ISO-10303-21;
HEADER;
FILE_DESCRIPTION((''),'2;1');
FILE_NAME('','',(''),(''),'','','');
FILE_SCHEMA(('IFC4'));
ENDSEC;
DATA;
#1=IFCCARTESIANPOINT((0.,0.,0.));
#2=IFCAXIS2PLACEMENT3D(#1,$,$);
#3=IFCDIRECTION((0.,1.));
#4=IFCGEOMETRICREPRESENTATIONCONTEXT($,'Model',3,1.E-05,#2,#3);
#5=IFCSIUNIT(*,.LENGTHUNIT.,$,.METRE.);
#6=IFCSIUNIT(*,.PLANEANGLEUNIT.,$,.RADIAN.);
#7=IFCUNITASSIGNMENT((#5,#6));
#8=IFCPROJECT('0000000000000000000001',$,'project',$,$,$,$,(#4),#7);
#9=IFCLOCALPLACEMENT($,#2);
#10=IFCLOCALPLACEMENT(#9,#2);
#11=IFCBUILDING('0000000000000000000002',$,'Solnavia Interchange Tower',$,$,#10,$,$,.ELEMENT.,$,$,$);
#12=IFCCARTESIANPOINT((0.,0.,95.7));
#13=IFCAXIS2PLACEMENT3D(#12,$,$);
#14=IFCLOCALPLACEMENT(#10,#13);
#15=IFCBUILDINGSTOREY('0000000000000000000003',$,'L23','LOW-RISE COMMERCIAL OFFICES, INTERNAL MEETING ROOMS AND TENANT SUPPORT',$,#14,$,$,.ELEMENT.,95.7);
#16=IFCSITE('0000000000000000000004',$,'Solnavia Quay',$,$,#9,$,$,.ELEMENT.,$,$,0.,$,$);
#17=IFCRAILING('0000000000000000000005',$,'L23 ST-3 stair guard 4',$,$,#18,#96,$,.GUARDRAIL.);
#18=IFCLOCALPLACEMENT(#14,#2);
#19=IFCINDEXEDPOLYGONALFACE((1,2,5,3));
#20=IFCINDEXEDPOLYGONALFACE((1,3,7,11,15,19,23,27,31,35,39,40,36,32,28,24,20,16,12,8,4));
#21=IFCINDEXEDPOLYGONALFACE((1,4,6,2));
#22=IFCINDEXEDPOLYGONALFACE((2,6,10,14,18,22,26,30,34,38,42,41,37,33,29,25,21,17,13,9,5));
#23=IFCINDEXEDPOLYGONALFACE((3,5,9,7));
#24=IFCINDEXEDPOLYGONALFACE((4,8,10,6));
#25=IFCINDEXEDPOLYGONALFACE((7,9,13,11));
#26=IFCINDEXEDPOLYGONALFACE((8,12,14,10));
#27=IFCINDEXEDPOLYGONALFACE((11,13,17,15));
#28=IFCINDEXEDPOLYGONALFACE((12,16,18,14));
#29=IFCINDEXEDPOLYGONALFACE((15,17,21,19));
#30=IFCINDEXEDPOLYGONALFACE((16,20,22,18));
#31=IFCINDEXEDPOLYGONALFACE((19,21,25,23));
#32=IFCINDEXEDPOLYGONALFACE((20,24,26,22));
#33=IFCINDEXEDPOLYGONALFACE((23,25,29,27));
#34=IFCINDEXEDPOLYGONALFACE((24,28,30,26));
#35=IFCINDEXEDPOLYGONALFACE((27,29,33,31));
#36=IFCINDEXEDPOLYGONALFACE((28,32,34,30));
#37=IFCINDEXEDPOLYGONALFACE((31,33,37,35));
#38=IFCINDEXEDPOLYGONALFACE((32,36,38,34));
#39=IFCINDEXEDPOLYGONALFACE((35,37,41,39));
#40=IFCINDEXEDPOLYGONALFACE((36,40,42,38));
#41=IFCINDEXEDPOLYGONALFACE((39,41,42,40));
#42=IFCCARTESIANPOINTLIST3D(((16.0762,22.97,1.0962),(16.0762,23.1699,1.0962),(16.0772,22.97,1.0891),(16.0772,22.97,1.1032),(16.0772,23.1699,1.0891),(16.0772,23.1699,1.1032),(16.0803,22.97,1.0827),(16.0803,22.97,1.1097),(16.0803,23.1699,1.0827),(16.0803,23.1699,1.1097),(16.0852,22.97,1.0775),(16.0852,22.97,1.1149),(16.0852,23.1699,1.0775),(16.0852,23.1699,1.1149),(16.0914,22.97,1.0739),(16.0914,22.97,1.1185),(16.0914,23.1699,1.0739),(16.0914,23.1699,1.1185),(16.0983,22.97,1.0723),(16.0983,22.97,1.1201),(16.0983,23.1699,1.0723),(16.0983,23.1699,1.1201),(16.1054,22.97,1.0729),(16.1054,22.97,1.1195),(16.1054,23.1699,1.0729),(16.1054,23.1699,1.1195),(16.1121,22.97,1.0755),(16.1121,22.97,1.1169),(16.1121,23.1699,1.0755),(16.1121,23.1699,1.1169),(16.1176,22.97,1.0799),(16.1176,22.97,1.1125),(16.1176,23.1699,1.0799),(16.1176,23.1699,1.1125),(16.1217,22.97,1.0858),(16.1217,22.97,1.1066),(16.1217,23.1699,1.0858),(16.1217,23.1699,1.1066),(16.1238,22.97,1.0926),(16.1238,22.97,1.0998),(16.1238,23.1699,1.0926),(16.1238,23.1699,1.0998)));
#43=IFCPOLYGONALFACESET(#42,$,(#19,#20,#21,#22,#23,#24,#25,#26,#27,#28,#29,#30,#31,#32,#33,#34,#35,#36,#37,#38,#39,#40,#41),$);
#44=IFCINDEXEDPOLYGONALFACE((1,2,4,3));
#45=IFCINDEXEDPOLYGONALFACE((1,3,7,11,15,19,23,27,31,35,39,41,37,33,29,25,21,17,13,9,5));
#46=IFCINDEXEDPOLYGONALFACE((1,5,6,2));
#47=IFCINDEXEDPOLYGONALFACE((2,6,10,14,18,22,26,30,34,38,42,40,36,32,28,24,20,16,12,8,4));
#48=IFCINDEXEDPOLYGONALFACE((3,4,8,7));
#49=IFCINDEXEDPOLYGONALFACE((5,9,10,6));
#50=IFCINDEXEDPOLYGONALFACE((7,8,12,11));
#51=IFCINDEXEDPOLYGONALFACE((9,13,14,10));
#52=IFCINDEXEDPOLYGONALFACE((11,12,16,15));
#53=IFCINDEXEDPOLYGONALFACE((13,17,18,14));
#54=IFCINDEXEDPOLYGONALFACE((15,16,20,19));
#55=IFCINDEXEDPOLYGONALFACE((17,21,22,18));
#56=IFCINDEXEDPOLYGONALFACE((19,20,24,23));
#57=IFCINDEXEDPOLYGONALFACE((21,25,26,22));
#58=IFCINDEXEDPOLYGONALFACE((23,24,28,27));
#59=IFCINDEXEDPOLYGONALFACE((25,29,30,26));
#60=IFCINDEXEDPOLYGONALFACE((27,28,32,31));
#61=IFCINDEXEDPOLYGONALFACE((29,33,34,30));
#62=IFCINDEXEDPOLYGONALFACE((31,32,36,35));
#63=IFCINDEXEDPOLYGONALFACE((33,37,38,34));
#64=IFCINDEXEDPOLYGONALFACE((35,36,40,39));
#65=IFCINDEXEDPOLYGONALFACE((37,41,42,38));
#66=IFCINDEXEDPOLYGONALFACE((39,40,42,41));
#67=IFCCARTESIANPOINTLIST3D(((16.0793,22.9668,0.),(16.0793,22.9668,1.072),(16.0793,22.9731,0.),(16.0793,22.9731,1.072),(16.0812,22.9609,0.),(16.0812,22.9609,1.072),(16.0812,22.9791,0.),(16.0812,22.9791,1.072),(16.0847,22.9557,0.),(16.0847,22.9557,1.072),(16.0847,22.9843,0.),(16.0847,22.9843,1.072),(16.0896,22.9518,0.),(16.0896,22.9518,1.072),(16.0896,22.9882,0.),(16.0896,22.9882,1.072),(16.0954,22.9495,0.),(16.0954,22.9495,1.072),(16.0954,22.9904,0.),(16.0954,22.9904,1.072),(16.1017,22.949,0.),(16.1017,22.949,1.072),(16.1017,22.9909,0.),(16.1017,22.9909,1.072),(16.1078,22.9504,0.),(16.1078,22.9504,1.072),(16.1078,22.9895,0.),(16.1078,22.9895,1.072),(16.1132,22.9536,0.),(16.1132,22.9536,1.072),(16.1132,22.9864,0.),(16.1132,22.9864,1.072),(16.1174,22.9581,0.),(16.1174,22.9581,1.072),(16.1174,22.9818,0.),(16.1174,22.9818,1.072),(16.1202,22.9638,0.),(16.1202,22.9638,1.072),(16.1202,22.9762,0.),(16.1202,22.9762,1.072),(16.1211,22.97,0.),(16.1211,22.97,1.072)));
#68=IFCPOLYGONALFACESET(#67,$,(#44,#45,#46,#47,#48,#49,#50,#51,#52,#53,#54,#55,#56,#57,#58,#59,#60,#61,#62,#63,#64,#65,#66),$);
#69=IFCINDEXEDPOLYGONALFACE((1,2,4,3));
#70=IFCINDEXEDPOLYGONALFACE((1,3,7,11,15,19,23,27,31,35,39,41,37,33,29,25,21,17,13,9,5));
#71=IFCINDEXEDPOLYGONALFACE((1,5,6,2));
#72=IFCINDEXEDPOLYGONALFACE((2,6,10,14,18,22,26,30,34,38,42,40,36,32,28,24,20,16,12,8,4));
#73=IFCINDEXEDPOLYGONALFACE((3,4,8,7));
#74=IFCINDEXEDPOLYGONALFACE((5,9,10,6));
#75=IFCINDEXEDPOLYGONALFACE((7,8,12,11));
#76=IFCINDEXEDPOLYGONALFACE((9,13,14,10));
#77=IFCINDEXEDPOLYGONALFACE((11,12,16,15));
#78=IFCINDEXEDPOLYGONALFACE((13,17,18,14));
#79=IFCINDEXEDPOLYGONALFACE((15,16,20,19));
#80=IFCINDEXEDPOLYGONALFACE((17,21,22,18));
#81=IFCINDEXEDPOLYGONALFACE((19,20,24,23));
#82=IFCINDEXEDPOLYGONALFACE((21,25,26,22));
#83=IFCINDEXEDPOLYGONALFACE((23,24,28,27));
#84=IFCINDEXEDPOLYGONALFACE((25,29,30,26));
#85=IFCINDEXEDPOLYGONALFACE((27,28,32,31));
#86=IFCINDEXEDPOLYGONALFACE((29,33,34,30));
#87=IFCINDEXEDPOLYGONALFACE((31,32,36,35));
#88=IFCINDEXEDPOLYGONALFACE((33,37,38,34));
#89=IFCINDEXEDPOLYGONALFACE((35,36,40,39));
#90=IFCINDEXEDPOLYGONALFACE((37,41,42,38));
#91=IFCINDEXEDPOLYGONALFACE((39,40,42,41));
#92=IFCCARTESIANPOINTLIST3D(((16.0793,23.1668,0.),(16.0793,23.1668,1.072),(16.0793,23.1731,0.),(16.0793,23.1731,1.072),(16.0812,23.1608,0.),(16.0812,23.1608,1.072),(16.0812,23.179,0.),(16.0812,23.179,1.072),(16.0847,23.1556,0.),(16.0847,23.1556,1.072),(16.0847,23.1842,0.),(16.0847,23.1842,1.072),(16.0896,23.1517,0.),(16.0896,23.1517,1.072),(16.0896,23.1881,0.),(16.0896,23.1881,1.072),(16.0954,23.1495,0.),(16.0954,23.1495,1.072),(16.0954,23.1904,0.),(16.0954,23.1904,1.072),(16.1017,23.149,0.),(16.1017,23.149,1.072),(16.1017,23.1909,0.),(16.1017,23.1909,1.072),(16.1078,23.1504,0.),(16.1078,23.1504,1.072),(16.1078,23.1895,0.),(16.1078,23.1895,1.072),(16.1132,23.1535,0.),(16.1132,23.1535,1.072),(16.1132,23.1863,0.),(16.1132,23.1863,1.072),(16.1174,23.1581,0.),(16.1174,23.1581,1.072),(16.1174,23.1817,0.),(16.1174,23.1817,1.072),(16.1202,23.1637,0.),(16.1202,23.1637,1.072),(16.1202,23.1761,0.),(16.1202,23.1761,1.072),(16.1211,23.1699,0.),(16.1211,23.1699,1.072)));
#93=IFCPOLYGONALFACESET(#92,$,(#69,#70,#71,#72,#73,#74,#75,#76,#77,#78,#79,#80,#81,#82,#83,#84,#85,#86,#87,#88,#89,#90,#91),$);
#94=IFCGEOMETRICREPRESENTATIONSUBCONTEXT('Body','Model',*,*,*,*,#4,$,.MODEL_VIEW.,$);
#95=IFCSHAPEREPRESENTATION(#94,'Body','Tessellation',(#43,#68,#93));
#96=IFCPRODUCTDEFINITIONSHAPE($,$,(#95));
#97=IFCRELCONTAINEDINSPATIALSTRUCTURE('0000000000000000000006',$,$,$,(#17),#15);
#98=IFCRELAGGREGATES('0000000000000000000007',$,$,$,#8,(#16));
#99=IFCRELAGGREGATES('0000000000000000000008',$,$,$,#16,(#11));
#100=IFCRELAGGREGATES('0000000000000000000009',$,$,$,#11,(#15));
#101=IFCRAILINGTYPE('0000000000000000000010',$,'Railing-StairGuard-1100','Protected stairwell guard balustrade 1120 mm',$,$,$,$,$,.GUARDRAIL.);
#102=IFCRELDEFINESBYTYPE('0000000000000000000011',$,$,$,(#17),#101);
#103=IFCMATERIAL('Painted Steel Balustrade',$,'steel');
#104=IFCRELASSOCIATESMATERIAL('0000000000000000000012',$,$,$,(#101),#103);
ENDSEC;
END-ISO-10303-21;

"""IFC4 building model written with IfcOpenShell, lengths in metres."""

from ifc_helpers import new_model, si_unit, direction, frame, origin, origin_2d, place, context, subcontext, project, spatial, circle, extrude, material, type_object, element, save


model = new_model("IFC4")

# Units and contexts
model_context = context("Model", 3, precision=1e-05, world=origin(), true_north=direction((0.0, 1.0)))
body_context = subcontext(model_context, "Body", "Model", "MODEL_VIEW")
ifc_project = project(units=[si_unit("LENGTHUNIT", "METRE"), si_unit("PLANEANGLEUNIT", "RADIAN")], contexts=[model_context])

# Site, building, storey
site_placement = place(None, origin())
site = spatial("IfcSite", under=ifc_project, at=site_placement, Name="Solnavia Quay", CompositionType="ELEMENT", RefElevation=0.0)
building_placement = place(site_placement, origin())
building = spatial("IfcBuilding", under=site, at=building_placement, Name="Solnavia Interchange Tower", CompositionType="ELEMENT")
storey_placement = place(building_placement, frame((0.0, 0.0, 95.7)))
storey = spatial("IfcBuildingStorey", under=building, at=storey_placement, Name="L23", Description="LOW-RISE COMMERCIAL OFFICES, INTERNAL MEETING ROOMS AND TENANT SUPPORT", CompositionType="ELEMENT", Elevation=95.7)

# Railing
ifc_material_1 = material(Name="Painted Steel Balustrade", Category="steel")
railing_type_1 = type_object("IfcRailingType", Name="Railing-StairGuard-1100", Description="Protected stairwell guard balustrade 1120 mm", PredefinedType="GUARDRAIL", material=ifc_material_1)
railing_1_placement = place(storey_placement, frame((16.1001, 22.97, 0.0)))
element("IfcRailing", 1, at=railing_1_placement, inside=storey, type_object=railing_type_1, Name="L23 ST-3 stair guard 4", PredefinedType="GUARDRAIL", context=body_context, shape_type="SweptSolid", body=[
    extrude(circle(Radius=0.0239, at=origin_2d()), frame((0.0, 0.0, 1.0962), z_axis=(0.0, 1.0, 0.0), x_axis=(-1.0, 0.0, 0.0)), (0.0, 0.0, 1.0), 0.2),
    extrude(circle(Radius=0.021, at=origin_2d()), origin(), (0.0, 0.0, 1.0), 1.072),
    extrude(circle(Radius=0.021, at=origin_2d()), frame((0.0, 0.2, 0.0)), (0.0, 0.0, 1.0), 1.072),
])

save(model, "model.ifc")
